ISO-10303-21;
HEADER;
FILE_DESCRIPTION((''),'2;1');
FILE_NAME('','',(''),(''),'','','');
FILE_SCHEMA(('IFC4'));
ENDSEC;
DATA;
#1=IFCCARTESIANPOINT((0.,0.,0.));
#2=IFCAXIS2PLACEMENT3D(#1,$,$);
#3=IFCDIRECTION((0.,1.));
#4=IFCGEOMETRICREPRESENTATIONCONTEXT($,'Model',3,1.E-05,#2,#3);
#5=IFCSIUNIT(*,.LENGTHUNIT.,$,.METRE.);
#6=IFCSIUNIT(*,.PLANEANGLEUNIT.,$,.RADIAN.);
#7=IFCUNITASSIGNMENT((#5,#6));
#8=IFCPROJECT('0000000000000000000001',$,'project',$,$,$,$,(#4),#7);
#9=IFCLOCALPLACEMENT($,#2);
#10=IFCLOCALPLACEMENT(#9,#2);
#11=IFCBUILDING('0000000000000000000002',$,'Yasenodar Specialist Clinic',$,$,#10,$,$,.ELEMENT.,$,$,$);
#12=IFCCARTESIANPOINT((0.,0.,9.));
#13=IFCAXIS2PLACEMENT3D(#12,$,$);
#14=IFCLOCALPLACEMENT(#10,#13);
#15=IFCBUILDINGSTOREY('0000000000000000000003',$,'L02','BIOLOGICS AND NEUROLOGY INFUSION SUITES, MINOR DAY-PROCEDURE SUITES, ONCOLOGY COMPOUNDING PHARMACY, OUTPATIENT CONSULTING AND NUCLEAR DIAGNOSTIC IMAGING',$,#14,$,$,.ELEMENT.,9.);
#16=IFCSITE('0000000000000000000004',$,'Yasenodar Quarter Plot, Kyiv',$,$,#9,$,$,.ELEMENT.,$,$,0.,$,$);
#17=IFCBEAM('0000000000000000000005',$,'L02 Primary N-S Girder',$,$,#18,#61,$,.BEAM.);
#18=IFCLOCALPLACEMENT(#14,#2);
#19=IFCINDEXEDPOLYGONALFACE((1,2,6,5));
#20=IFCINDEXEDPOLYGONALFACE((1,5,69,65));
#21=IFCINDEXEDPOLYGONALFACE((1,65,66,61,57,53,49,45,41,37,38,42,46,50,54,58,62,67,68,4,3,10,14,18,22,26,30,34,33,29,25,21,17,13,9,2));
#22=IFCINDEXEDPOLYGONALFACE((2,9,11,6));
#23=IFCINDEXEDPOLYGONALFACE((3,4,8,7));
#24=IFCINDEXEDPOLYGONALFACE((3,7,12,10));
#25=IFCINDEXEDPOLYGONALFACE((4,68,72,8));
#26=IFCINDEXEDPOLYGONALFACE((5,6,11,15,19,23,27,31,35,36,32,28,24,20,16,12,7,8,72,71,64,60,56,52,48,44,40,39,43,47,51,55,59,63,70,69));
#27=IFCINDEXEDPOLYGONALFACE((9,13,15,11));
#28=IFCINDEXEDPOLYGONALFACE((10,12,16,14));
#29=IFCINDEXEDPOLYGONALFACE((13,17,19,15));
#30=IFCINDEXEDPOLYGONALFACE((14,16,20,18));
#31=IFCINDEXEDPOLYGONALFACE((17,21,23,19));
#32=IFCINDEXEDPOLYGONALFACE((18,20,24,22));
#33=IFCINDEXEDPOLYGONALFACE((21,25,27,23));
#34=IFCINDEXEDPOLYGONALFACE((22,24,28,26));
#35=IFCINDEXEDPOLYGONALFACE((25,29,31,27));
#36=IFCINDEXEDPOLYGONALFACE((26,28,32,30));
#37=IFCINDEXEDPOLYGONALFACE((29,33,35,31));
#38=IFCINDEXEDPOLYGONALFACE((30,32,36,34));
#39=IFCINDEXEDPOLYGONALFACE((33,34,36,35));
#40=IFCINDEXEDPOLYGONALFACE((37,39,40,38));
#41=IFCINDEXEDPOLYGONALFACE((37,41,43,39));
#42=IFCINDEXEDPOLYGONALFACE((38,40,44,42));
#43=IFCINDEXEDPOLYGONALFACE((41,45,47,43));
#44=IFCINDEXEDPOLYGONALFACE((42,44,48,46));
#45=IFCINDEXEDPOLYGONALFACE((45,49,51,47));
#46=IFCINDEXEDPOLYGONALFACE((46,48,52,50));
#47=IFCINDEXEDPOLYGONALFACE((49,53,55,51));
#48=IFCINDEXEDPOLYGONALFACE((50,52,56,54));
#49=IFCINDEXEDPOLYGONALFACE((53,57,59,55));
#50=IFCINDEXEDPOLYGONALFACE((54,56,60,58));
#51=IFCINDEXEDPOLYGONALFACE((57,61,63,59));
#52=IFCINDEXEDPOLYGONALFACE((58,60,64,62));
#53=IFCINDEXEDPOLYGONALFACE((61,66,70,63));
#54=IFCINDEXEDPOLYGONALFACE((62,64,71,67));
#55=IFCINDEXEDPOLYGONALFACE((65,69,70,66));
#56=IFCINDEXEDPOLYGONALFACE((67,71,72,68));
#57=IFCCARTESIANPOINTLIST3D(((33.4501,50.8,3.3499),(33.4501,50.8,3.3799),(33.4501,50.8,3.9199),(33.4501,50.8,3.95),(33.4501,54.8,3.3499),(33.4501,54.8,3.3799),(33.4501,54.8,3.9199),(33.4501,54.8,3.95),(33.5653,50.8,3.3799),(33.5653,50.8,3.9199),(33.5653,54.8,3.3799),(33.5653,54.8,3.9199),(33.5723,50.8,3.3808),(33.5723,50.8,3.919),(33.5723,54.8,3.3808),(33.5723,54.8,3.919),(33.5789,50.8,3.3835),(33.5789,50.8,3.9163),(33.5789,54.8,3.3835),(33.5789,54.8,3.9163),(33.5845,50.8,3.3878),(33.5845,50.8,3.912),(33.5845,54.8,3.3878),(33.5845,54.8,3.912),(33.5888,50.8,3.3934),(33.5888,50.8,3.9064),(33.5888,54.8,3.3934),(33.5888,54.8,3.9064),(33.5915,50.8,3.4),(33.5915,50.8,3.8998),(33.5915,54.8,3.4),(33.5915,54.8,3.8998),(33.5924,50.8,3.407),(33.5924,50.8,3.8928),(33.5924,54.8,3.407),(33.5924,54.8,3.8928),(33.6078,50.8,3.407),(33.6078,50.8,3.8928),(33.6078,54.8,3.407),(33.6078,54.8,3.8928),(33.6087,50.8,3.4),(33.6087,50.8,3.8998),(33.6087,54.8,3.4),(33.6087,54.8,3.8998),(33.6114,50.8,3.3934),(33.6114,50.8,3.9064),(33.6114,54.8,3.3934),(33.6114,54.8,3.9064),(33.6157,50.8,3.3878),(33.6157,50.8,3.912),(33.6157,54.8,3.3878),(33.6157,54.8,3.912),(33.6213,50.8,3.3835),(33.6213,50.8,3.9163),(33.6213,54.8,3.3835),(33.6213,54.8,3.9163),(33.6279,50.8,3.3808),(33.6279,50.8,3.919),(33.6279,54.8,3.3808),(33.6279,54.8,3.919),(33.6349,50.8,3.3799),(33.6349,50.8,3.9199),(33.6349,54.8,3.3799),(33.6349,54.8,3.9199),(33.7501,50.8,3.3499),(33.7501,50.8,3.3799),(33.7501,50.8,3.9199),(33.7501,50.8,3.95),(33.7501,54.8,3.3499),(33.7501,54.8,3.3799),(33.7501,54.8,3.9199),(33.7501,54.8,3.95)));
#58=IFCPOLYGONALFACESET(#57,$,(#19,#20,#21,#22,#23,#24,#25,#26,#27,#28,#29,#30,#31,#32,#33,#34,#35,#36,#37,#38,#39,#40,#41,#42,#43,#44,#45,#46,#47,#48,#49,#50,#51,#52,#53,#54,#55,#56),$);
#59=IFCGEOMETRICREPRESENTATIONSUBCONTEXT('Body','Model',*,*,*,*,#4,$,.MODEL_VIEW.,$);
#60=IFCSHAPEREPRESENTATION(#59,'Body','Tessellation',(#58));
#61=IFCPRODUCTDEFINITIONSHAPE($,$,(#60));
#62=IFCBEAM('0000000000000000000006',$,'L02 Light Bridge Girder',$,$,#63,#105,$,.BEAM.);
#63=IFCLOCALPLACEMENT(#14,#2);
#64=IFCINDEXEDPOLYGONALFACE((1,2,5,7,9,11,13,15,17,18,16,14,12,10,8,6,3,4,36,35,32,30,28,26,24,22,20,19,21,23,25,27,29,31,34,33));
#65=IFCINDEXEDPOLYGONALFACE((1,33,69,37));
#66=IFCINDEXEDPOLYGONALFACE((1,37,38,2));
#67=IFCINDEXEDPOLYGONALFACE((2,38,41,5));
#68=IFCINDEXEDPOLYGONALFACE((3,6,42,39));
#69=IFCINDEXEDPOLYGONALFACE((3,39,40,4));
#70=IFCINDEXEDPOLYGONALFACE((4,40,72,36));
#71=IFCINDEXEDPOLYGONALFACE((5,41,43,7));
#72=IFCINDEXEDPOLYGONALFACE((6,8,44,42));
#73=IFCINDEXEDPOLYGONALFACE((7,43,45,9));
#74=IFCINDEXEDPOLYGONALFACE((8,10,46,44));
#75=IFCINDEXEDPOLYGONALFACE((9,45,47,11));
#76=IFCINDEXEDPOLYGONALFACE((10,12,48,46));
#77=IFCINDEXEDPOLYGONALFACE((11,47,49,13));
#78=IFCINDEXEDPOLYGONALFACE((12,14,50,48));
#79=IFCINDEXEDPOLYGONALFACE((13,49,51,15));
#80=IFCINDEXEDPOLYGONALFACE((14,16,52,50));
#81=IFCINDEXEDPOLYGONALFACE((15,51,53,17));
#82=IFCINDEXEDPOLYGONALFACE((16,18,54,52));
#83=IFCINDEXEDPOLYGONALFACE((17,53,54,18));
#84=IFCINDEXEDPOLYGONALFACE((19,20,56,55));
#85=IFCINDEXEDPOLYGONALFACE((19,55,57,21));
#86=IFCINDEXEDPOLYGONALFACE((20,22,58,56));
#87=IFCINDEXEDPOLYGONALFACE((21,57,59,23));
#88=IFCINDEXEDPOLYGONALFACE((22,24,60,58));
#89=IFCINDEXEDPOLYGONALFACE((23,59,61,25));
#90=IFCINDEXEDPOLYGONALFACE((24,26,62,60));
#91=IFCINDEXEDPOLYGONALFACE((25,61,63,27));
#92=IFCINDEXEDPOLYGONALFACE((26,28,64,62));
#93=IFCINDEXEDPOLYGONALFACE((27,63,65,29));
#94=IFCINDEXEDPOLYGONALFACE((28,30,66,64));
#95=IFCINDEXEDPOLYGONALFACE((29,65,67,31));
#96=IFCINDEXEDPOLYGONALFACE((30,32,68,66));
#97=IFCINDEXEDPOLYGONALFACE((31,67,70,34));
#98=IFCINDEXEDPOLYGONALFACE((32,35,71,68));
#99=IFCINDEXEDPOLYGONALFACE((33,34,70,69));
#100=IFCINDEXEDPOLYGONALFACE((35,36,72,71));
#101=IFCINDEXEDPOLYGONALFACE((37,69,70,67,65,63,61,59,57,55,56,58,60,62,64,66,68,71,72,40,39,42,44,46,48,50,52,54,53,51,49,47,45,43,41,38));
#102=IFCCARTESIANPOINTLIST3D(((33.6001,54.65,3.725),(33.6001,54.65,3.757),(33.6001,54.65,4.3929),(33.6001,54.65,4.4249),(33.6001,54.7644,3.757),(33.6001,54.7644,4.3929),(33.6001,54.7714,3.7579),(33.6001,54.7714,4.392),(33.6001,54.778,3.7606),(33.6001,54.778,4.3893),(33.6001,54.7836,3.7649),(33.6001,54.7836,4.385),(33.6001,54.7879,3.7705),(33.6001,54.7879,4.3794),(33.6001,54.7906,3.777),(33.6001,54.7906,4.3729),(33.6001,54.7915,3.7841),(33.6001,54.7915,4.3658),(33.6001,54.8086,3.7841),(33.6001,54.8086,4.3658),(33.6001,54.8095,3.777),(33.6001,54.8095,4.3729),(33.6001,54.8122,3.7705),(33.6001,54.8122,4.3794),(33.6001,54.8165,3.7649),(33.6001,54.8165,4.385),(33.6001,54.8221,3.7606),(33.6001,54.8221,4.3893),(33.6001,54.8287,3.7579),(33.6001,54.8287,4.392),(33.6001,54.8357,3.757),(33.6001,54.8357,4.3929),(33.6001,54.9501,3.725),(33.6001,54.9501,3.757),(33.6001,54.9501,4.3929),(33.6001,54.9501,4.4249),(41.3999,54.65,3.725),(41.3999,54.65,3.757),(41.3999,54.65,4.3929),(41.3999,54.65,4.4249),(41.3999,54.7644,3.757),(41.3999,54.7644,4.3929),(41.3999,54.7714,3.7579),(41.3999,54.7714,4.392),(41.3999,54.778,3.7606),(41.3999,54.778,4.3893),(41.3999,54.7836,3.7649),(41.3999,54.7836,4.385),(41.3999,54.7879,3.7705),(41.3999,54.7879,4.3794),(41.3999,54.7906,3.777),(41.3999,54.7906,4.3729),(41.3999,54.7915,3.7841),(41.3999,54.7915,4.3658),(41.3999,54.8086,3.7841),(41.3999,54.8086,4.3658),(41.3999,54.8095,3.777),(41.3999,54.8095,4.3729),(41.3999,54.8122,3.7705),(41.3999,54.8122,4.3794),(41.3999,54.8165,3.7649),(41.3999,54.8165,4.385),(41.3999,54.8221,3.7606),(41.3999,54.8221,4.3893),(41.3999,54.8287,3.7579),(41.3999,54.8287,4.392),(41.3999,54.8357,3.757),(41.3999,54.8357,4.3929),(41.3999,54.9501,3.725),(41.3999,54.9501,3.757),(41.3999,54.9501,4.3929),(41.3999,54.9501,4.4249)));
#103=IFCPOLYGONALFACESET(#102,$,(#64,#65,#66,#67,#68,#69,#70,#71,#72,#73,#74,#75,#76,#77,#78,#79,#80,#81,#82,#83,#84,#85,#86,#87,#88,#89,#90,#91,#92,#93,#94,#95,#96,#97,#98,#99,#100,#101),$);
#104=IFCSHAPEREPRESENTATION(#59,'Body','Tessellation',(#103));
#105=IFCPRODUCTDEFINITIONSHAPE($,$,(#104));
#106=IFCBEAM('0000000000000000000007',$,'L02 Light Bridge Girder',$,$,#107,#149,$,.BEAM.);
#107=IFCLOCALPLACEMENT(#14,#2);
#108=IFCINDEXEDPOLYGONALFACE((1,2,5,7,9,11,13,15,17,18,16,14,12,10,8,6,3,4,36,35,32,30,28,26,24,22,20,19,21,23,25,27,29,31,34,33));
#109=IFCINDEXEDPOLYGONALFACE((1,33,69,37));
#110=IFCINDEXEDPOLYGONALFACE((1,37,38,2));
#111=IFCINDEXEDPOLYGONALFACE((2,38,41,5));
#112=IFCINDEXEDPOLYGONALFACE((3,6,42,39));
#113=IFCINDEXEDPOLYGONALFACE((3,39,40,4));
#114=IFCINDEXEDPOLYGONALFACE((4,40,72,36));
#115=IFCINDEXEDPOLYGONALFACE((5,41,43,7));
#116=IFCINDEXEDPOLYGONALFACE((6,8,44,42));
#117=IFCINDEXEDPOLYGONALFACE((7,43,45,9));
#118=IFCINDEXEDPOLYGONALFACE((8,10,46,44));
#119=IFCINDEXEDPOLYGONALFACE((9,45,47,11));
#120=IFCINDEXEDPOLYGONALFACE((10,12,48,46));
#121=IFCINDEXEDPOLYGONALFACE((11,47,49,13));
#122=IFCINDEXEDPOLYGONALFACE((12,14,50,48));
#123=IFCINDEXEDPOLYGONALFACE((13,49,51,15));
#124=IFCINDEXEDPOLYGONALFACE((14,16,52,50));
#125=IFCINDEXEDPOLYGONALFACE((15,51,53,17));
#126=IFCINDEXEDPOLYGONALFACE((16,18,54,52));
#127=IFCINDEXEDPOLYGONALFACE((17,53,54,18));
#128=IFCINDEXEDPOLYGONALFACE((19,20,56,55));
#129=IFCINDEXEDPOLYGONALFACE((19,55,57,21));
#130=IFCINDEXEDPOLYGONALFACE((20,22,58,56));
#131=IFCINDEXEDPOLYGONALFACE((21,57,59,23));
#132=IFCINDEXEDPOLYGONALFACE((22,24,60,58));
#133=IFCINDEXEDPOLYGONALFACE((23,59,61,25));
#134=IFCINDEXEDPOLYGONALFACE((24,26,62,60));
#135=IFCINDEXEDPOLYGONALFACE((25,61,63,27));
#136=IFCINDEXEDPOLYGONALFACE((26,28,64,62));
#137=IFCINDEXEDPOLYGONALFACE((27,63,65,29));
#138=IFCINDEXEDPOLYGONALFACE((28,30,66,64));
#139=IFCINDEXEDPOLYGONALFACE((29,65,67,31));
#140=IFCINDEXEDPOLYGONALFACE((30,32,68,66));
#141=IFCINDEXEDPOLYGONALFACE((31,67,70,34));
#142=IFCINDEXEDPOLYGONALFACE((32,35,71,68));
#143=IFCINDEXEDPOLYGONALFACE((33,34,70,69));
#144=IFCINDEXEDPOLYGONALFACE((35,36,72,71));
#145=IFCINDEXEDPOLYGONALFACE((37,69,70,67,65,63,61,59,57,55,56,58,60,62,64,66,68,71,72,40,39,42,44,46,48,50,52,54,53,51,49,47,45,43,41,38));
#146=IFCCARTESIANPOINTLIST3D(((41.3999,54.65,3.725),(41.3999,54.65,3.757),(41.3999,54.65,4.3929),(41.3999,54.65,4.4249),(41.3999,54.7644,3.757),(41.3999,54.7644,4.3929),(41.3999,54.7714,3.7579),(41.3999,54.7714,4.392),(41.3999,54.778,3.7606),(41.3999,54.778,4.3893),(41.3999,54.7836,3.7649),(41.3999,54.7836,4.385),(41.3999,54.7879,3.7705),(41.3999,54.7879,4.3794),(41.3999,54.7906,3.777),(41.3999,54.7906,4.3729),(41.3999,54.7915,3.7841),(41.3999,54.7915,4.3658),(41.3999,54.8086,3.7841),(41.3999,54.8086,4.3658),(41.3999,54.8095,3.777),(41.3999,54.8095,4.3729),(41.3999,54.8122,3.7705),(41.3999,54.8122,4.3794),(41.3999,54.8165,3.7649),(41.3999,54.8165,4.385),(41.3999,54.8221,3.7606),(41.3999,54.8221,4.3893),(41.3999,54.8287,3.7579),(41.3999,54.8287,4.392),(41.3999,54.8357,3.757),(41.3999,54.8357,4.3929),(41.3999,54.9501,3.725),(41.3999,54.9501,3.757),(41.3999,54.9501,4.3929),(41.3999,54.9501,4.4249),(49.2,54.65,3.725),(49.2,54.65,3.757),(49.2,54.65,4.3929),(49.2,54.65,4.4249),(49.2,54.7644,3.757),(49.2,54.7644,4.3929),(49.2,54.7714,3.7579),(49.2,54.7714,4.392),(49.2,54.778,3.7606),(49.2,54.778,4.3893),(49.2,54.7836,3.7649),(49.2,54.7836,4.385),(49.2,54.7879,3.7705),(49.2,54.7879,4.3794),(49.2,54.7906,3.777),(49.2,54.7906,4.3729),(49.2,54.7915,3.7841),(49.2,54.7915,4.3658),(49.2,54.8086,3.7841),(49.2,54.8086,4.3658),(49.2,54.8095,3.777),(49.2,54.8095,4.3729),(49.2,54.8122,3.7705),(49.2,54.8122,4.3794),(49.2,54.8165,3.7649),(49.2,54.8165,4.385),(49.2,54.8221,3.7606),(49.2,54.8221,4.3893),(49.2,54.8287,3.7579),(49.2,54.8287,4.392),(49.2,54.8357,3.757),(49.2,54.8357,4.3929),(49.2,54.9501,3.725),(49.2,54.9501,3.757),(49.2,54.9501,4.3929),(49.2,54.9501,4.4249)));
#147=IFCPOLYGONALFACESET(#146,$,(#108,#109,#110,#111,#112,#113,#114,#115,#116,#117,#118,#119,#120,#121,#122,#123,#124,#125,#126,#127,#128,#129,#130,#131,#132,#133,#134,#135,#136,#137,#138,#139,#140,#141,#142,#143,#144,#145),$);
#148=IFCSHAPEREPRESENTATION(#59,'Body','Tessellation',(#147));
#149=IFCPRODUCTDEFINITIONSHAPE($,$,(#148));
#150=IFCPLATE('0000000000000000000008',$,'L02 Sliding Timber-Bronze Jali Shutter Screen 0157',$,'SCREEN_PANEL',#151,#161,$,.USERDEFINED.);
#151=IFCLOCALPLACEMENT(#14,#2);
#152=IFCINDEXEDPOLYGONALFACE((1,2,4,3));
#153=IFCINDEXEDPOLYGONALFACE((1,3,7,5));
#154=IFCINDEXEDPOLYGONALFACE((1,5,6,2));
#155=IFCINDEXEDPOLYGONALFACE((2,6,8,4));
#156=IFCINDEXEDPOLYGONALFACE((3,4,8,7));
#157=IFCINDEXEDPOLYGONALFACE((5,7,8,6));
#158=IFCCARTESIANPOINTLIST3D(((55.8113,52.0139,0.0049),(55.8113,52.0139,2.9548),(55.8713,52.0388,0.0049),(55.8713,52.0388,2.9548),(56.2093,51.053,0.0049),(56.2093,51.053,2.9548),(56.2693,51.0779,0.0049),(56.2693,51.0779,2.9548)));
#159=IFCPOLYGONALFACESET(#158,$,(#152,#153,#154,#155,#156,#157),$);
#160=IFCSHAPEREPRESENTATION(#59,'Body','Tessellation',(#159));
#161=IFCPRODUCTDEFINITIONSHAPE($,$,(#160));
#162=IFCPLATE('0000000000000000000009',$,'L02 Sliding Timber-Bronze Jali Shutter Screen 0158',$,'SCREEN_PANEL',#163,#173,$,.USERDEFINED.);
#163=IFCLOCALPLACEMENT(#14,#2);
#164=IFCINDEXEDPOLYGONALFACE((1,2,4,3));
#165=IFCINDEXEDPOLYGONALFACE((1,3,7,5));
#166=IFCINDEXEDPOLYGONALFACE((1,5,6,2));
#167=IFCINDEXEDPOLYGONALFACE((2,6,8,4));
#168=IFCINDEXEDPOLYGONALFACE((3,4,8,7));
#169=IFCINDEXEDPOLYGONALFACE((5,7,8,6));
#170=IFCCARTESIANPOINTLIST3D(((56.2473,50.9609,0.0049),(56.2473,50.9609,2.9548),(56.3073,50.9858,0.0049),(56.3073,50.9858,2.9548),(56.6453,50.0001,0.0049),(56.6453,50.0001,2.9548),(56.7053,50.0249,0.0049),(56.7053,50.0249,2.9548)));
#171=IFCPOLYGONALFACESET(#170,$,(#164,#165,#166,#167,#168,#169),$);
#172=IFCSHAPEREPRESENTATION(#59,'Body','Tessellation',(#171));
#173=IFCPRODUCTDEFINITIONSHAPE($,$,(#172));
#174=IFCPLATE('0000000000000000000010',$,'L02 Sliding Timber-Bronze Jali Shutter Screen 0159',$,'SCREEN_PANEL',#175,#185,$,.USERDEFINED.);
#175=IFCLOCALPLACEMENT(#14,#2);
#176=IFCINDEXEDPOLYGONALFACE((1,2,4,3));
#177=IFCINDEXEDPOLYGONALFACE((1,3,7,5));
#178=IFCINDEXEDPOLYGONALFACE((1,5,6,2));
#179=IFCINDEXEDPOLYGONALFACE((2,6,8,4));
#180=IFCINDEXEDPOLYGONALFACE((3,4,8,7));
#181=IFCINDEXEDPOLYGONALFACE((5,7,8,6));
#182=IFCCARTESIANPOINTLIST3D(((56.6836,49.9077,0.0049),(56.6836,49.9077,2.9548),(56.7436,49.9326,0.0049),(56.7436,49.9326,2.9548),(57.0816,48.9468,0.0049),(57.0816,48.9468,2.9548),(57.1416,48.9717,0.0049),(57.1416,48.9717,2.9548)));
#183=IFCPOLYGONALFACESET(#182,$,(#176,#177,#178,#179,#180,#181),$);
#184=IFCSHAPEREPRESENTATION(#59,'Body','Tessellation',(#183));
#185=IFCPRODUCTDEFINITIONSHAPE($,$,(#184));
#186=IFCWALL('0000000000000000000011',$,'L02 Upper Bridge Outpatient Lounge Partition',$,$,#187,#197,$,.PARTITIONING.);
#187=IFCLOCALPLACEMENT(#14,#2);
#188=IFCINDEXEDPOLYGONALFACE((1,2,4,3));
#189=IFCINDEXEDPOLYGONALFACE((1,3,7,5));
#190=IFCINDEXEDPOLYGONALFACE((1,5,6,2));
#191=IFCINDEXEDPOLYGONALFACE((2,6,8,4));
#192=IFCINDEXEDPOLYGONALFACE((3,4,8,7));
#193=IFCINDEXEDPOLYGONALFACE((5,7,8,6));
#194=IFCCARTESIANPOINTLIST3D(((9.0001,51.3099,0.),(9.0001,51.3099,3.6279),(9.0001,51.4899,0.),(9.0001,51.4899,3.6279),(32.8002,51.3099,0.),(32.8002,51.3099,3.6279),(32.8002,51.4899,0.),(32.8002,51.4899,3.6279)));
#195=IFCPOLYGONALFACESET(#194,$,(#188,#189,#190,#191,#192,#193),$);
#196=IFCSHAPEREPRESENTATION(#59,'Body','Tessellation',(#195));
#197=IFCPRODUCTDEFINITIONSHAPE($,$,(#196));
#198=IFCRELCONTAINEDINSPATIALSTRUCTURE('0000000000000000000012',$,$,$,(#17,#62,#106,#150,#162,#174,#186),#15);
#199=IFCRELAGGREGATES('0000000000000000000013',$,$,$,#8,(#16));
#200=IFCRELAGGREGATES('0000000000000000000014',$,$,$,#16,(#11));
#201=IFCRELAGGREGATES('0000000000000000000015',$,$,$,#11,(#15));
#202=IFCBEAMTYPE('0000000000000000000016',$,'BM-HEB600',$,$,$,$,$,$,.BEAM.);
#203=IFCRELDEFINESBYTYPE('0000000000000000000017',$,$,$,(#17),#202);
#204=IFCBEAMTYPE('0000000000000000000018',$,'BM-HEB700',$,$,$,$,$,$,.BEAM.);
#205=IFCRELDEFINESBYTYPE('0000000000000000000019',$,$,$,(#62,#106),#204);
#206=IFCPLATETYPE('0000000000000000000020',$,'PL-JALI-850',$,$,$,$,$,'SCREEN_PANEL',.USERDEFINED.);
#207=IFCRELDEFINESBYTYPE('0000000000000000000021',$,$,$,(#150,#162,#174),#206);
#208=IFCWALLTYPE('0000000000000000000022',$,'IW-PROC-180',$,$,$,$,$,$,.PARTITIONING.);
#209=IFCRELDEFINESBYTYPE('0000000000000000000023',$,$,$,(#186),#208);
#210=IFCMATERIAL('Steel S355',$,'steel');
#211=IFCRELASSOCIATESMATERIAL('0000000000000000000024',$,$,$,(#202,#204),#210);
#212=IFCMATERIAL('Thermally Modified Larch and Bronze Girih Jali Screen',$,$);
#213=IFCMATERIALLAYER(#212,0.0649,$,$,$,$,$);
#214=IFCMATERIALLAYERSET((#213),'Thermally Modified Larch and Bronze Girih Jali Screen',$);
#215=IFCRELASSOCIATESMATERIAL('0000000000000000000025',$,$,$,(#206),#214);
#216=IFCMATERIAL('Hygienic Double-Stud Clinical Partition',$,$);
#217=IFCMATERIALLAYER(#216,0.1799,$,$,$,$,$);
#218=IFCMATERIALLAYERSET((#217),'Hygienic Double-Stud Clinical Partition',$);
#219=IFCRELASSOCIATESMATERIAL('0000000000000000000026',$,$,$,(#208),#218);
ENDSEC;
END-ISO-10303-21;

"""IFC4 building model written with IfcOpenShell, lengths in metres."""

from ifc_helpers import new_model, si_unit, direction, frame, frame_2d, origin, origin_2d, place, context, subcontext, project, spatial, rectangle, i_section, extrude, material, layer, layer_set, material_profile, profile_set, type_object, element, save


model = new_model("IFC4")

# Units and contexts
model_context = context("Model", 3, precision=1e-05, world=origin(), true_north=direction((0.0, 1.0)))
body_context = subcontext(model_context, "Body", "Model", "MODEL_VIEW")
ifc_project = project(units=[si_unit("LENGTHUNIT", "METRE"), si_unit("PLANEANGLEUNIT", "RADIAN")], contexts=[model_context])

# Site, building, storey
site_placement = place(None, origin())
site = spatial("IfcSite", under=ifc_project, at=site_placement, Name="Yasenodar Quarter Plot, Kyiv", CompositionType="ELEMENT", RefElevation=0.0)
building_placement = place(site_placement, origin())
building = spatial("IfcBuilding", under=site, at=building_placement, Name="Yasenodar Specialist Clinic", CompositionType="ELEMENT")
storey_placement = place(building_placement, frame((0.0, 0.0, 9.0)))
storey = spatial("IfcBuildingStorey", under=building, at=storey_placement, Name="L02", Description="BIOLOGICS AND NEUROLOGY INFUSION SUITES, MINOR DAY-PROCEDURE SUITES, ONCOLOGY COMPOUNDING PHARMACY, OUTPATIENT CONSULTING AND NUCLEAR DIAGNOSTIC IMAGING", CompositionType="ELEMENT", Elevation=9.0)

# Shared definitions
ifc_material_1 = material(Name="Steel S355", Category="steel")

# Beams
ifc_material_profile_1 = material_profile(ifc_material_1, i_section(OverallWidth=0.3, OverallDepth=0.6001, WebThickness=0.0154, FlangeThickness=0.03, FilletRadius=0.0271, at=origin_2d()), Name="HEB 600")
ifc_profile_set_1 = profile_set([ifc_material_profile_1], Name="Steel S355")
beam_type_1 = type_object("IfcBeamType", Name="BM-HEB600", PredefinedType="BEAM", material=ifc_profile_set_1)
beam_1_placement = place(storey_placement, frame((33.6001, 50.8, 3.6499), z_axis=(0.0, 1.0, 0.0), x_axis=(-1.0, 0.0, 0.0)))
element("IfcBeam", 1, at=beam_1_placement, inside=storey, type_object=beam_type_1, Name="L02 Primary N-S Girder", PredefinedType="BEAM", context=body_context, shape_type="SweptSolid", body=[
    extrude(i_section(OverallWidth=0.3, OverallDepth=0.6001, WebThickness=0.0154, FlangeThickness=0.03, FilletRadius=0.0271, at=origin_2d()), origin(), (0.0, 0.0, 1.0), 4.0),
])
ifc_material_profile_2 = material_profile(ifc_material_1, i_section(OverallWidth=0.3, OverallDepth=0.7, WebThickness=0.0171, FlangeThickness=0.032, FilletRadius=0.0271, at=origin_2d()), Name="HEB 700")
ifc_profile_set_2 = profile_set([ifc_material_profile_2], Name="Steel S355")
beam_type_2 = type_object("IfcBeamType", Name="BM-HEB700", PredefinedType="BEAM", material=ifc_profile_set_2)
beam_2_placement = place(storey_placement, frame((33.6001, 54.8, 4.075), z_axis=(1.0, 0.0, 0.0), x_axis=(0.0, 1.0, 0.0)))
element("IfcBeam", 2, at=beam_2_placement, inside=storey, type_object=beam_type_2, Name="L02 Light Bridge Girder", PredefinedType="BEAM", context=body_context, shape_type="SweptSolid", body=[
    extrude(i_section(OverallWidth=0.3, OverallDepth=0.7, WebThickness=0.0171, FlangeThickness=0.032, FilletRadius=0.0271, at=origin_2d()), origin(), (0.0, 0.0, 1.0), 7.7998),
])
beam_3_placement = place(storey_placement, frame((41.3999, 54.8, 4.075), z_axis=(1.0, 0.0, 0.0), x_axis=(0.0, 1.0, 0.0)))
element("IfcBeam", 3, at=beam_3_placement, inside=storey, type_object=beam_type_2, Name="L02 Light Bridge Girder", PredefinedType="BEAM", context=body_context, shape_type="SweptSolid", body=[
    extrude(i_section(OverallWidth=0.3, OverallDepth=0.7, WebThickness=0.0171, FlangeThickness=0.032, FilletRadius=0.0271, at=origin_2d()), origin(), (0.0, 0.0, 1.0), 7.8),
])

# Plates
ifc_material_2 = material(Name="Thermally Modified Larch and Bronze Girih Jali Screen")
ifc_layer_1 = layer(ifc_material_2, 0.0649)
ifc_layer_set_1 = layer_set([ifc_layer_1], Name="Thermally Modified Larch and Bronze Girih Jali Screen")
plate_type = type_object("IfcPlateType", Name="PL-JALI-850", ElementType="SCREEN_PANEL", PredefinedType="USERDEFINED", material=ifc_layer_set_1)
for number, where, z_axis, x_axis, name in (
    (4, (56.0403, 51.5459, 0.0049), (0.0, 0.0, 1.0), (0.382687, -0.923878, 0.0), "L02 Sliding Timber-Bronze Jali Shutter Screen 0157"),
    (5, (56.4763, 50.4929, 0.0049), (0.0, 0.0, 1.0), (0.382687, -0.923878, 0.0), "L02 Sliding Timber-Bronze Jali Shutter Screen 0158"),
    (6, (56.9126, 49.4397, 0.0049), (0.0, 0.0, 1.0), (0.382687, -0.923878, 0.0), "L02 Sliding Timber-Bronze Jali Shutter Screen 0159"),
):
    element("IfcPlate", number, at=place(storey_placement, frame(where, z_axis=z_axis, x_axis=x_axis)), inside=storey, type_object=plate_type, Name=name, ObjectType="SCREEN_PANEL", PredefinedType="USERDEFINED", context=body_context, shape_type="SweptSolid", body=[
        extrude(rectangle(XDim=1.04, YDim=0.0649, at=origin_2d()), origin(), (0.0, 0.0, 1.0), 2.95),
    ])

# Wall
ifc_material_3 = material(Name="Hygienic Double-Stud Clinical Partition")
ifc_layer_2 = layer(ifc_material_3, 0.1799)
ifc_layer_set_2 = layer_set([ifc_layer_2], Name="Hygienic Double-Stud Clinical Partition")
wall_type = type_object("IfcWallType", Name="IW-PROC-180", PredefinedType="PARTITIONING", material=ifc_layer_set_2)
wall_placement = place(storey_placement, frame((32.8, 51.3999, 0.0), z_axis=(0.0, 0.0, 1.0), x_axis=(-1.0, 0.0, 0.0)))
element("IfcWall", 7, at=wall_placement, inside=storey, type_object=wall_type, Name="L02 Upper Bridge Outpatient Lounge Partition", PredefinedType="PARTITIONING", context=body_context, shape_type="SweptSolid", body=[
    extrude(rectangle(XDim=23.8, YDim=0.1799, at=frame_2d((11.8999, 0.0))), origin(), (0.0, 0.0, 1.0), 3.6279),
])

save(model, "model.ifc")
